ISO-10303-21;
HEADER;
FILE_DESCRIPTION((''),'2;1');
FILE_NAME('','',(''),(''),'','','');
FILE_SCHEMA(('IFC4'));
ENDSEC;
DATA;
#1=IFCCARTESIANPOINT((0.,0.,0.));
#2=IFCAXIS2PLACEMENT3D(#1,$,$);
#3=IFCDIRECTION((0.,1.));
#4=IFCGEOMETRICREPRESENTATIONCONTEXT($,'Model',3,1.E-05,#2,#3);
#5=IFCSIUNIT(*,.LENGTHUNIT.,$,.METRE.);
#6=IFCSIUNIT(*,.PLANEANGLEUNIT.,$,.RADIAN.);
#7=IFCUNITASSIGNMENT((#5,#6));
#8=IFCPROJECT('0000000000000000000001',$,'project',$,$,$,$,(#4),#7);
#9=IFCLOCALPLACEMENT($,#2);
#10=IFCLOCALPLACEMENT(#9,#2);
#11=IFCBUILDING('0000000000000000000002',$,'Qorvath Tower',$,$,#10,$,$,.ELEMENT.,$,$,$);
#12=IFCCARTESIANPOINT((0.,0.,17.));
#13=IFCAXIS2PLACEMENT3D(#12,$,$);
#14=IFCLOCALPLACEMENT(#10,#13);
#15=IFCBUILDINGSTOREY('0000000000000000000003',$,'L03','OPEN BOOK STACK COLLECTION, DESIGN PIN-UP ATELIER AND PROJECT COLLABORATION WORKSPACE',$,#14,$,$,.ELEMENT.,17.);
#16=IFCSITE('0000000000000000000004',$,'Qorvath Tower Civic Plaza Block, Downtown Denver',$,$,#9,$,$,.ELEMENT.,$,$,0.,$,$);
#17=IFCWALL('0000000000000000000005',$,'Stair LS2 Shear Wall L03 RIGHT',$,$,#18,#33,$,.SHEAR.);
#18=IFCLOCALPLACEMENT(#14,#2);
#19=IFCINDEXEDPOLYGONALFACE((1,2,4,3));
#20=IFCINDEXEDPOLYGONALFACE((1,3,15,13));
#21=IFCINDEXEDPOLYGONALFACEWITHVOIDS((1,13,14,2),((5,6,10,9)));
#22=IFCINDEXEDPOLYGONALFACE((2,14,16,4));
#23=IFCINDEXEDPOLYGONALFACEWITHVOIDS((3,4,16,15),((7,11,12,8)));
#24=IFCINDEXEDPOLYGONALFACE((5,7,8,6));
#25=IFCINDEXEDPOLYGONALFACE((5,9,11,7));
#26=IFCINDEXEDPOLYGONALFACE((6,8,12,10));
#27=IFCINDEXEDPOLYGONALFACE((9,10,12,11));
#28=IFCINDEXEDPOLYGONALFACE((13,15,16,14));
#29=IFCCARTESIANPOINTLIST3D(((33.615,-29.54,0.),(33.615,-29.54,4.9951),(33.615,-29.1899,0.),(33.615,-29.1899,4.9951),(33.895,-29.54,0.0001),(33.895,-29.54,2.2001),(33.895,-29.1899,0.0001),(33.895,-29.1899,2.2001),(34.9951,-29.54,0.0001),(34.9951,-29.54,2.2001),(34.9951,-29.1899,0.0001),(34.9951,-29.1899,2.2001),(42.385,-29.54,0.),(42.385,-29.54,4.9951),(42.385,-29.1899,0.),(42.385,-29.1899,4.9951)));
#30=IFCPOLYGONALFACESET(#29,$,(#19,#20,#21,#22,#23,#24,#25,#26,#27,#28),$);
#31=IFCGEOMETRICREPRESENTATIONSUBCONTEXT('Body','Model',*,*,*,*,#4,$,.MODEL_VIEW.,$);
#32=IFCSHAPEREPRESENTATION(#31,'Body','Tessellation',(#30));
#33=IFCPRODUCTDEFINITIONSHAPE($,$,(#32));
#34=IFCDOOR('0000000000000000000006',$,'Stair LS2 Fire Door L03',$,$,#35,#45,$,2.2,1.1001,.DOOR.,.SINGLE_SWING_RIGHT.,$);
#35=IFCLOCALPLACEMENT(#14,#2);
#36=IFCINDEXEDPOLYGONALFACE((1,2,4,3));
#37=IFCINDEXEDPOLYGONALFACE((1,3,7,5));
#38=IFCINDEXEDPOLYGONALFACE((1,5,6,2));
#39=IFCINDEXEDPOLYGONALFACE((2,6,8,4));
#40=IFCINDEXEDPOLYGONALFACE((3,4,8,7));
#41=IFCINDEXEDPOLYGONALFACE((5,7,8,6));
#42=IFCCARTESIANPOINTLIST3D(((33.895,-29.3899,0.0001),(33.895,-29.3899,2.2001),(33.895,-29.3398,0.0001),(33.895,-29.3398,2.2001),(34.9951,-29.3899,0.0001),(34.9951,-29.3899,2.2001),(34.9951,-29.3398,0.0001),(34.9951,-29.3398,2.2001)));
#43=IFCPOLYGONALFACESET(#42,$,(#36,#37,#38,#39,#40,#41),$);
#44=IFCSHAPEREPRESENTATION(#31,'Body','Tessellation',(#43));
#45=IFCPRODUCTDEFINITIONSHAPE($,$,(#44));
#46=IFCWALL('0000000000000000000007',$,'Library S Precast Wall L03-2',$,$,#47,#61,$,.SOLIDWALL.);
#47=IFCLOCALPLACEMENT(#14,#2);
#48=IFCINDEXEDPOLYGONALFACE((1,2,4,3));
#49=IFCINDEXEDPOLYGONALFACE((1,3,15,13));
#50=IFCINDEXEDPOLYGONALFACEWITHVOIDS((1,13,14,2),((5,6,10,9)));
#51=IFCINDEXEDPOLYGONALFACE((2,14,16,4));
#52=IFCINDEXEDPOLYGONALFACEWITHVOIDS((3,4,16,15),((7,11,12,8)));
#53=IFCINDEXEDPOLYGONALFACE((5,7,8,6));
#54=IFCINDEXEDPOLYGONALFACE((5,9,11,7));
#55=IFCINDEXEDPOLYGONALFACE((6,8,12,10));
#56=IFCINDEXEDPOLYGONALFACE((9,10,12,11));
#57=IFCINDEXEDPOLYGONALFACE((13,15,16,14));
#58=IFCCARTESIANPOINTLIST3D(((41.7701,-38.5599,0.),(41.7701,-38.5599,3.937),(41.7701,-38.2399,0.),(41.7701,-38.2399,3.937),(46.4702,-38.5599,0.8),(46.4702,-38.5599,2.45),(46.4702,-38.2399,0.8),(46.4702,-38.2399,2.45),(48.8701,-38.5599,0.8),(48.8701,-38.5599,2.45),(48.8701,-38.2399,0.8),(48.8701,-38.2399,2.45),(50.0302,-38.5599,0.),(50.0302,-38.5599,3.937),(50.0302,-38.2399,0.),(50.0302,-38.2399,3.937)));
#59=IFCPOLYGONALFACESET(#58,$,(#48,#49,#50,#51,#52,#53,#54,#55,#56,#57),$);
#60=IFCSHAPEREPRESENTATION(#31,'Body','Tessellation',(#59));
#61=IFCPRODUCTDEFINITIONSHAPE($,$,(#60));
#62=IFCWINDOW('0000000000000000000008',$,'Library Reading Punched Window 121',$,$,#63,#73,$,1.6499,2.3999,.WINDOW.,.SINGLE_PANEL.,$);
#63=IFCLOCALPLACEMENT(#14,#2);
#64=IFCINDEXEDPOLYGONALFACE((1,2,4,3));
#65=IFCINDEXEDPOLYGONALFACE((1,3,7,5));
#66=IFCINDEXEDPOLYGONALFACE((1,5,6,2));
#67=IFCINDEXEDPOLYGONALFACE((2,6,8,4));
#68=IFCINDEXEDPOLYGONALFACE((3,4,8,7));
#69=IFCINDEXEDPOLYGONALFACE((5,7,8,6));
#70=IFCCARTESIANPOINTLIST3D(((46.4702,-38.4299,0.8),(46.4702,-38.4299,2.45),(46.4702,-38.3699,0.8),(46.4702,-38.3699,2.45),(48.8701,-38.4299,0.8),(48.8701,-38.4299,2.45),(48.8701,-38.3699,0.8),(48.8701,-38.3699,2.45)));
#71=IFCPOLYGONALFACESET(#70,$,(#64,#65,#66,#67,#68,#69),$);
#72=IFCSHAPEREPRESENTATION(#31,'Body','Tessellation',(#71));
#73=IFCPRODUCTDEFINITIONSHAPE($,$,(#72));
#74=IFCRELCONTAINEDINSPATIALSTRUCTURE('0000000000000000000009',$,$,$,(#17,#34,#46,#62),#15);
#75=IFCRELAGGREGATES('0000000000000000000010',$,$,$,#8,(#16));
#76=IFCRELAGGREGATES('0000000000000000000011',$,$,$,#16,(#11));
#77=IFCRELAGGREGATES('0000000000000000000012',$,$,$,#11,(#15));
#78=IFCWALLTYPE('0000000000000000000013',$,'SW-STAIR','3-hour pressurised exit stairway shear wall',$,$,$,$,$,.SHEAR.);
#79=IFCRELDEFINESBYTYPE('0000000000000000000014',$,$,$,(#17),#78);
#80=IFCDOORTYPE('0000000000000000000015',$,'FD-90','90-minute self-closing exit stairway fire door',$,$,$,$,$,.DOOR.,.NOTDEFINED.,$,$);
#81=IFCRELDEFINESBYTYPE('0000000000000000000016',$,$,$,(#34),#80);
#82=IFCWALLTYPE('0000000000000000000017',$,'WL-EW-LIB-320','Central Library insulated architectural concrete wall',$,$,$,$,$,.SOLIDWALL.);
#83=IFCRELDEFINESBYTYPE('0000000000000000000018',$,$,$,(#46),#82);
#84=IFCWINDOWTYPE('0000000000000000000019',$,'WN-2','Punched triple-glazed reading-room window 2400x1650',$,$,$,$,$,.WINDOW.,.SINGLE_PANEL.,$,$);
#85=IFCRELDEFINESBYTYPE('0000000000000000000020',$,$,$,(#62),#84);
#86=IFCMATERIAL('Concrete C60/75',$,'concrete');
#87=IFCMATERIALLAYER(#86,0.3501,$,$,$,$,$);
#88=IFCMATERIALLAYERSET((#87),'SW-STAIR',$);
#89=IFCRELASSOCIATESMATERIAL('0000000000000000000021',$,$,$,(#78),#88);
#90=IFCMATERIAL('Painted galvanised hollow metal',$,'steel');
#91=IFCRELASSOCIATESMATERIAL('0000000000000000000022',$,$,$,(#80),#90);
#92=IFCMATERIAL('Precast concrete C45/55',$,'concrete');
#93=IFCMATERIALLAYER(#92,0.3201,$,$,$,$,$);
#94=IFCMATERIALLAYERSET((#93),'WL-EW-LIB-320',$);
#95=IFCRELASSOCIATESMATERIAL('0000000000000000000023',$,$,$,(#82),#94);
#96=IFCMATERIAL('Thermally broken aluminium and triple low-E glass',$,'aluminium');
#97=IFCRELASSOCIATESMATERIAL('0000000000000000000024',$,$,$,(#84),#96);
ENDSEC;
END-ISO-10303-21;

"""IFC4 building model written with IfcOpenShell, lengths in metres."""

from ifc_helpers import new_model, si_unit, direction, frame, frame_2d, origin, place, context, subcontext, project, spatial, rectangle, extrude, material, layer, layer_set, type_object, element, fill, save


model = new_model("IFC4")

# Units and contexts
model_context = context("Model", 3, precision=1e-05, world=origin(), true_north=direction((0.0, 1.0)))
body_context = subcontext(model_context, "Body", "Model", "MODEL_VIEW")
ifc_project = project(units=[si_unit("LENGTHUNIT", "METRE"), si_unit("PLANEANGLEUNIT", "RADIAN")], contexts=[model_context])

# Site, building, storey
site_placement = place(None, origin())
site = spatial("IfcSite", under=ifc_project, at=site_placement, Name="Qorvath Tower Civic Plaza Block, Downtown Denver", CompositionType="ELEMENT", RefElevation=0.0)
building_placement = place(site_placement, origin())
building = spatial("IfcBuilding", under=site, at=building_placement, Name="Qorvath Tower", CompositionType="ELEMENT")
storey_placement = place(building_placement, frame((0.0, 0.0, 17.0)))
storey = spatial("IfcBuildingStorey", under=building, at=storey_placement, Name="L03", Description="OPEN BOOK STACK COLLECTION, DESIGN PIN-UP ATELIER AND PROJECT COLLABORATION WORKSPACE", CompositionType="ELEMENT", Elevation=17.0)

# Shared definitions
ifc_material_1 = material(Name="Concrete C60/75", Category="concrete")
ifc_layer_1 = layer(ifc_material_1, 0.3501)
ifc_layer_set_1 = layer_set([ifc_layer_1], Name="SW-STAIR")
wall_type_1 = type_object("IfcWallType", Name="SW-STAIR", Description="3-hour pressurised exit stairway shear wall", PredefinedType="SHEAR", material=ifc_layer_set_1)

# Wall, opening, door
wall_1_placement = place(storey_placement, frame((42.385, -29.365, 0.0), z_axis=(0.0, 0.0, 1.0), x_axis=(-1.0, 0.0, 0.0)))
wall_1 = element("IfcWall", 1, at=wall_1_placement, inside=storey, type_object=wall_type_1, Name="Stair LS2 Shear Wall L03 RIGHT", PredefinedType="SHEAR", context=body_context, shape_type="SweptSolid", body=[
    extrude(rectangle(XDim=8.77, YDim=0.3501, at=frame_2d((4.385, 0.0))), origin(), (0.0, 0.0, 1.0), 4.9951),
])
opening_1_placement = place(wall_1_placement, frame((7.3899, 0.0, 0.0)))
opening_1 = element("IfcOpeningElement", 2, at=opening_1_placement, cuts=wall_1, PredefinedType="OPENING", context=body_context, shape_type="SweptSolid", body=[
    extrude(rectangle(XDim=1.1001, YDim=2.2, at=frame_2d((0.55, 1.1001))), frame((0.0, 0.1851, 0.0), z_axis=(0.0, -1.0, 0.0), x_axis=(1.0, 0.0, 0.0)), (0.0, 0.0, 1.0), 0.3701),
])
ifc_material_2 = material(Name="Painted galvanised hollow metal", Category="steel")
door_type_1 = type_object("IfcDoorType", Name="FD-90", Description="90-minute self-closing exit stairway fire door", OperationType="NOTDEFINED", PredefinedType="DOOR", material=ifc_material_2)
door_1_placement = place(opening_1_placement, origin())
door_1 = element("IfcDoor", 3, at=door_1_placement, inside=storey, type_object=door_type_1, Name="Stair LS2 Fire Door L03", OperationType="SINGLE_SWING_RIGHT", OverallHeight=2.2, OverallWidth=1.1001, PredefinedType="DOOR", context=body_context, shape_type="SweptSolid", body=[
    extrude(rectangle(XDim=1.1001, YDim=2.2, at=frame_2d((0.55, 1.1001))), frame((0.0, 0.0249, 0.0), z_axis=(0.0, -1.0, 0.0), x_axis=(1.0, 0.0, 0.0)), (0.0, 0.0, 1.0), 0.05),
])
fill(opening_1, door_1)

# Wall, opening, window
ifc_material_3 = material(Name="Precast concrete C45/55", Category="concrete")
ifc_layer_2 = layer(ifc_material_3, 0.3201)
ifc_layer_set_2 = layer_set([ifc_layer_2], Name="WL-EW-LIB-320")
wall_type_2 = type_object("IfcWallType", Name="WL-EW-LIB-320", Description="Central Library insulated architectural concrete wall", PredefinedType="SOLIDWALL", material=ifc_layer_set_2)
wall_2_placement = place(storey_placement, frame((50.03, -38.3999, 0.0), z_axis=(0.0, 0.0, 1.0), x_axis=(-1.0, 0.0, 0.0)))
wall_2 = element("IfcWall", 4, at=wall_2_placement, inside=storey, type_object=wall_type_2, Name="Library S Precast Wall L03-2", PredefinedType="SOLIDWALL", context=body_context, shape_type="SweptSolid", body=[
    extrude(rectangle(XDim=8.26, YDim=0.3201, at=frame_2d((4.1299, 0.0))), origin(), (0.0, 0.0, 1.0), 3.937),
])
opening_2_placement = place(wall_2_placement, frame((1.1599, 0.0, 0.8)))
opening_2 = element("IfcOpeningElement", 5, at=opening_2_placement, cuts=wall_2, PredefinedType="OPENING", context=body_context, shape_type="SweptSolid", body=[
    extrude(rectangle(XDim=2.3999, YDim=1.6499, at=frame_2d((1.2, 0.825))), frame((0.0, 0.1699, 0.0), z_axis=(0.0, -1.0, 0.0), x_axis=(1.0, 0.0, 0.0)), (0.0, 0.0, 1.0), 0.3401),
])
ifc_material_4 = material(Name="Thermally broken aluminium and triple low-E glass", Category="aluminium")
window_type = type_object("IfcWindowType", Name="WN-2", Description="Punched triple-glazed reading-room window 2400x1650", PartitioningType="SINGLE_PANEL", PredefinedType="WINDOW", material=ifc_material_4)
window_placement = place(opening_2_placement, origin())
window = element("IfcWindow", 6, at=window_placement, inside=storey, type_object=window_type, Name="Library Reading Punched Window 121", OverallHeight=1.6499, OverallWidth=2.3999, PartitioningType="SINGLE_PANEL", PredefinedType="WINDOW", context=body_context, shape_type="SweptSolid", body=[
    extrude(rectangle(XDim=2.3999, YDim=1.6499, at=frame_2d((1.2, 0.825))), frame((0.0, 0.03, 0.0), z_axis=(0.0, -1.0, 0.0), x_axis=(1.0, 0.0, 0.0)), (0.0, 0.0, 1.0), 0.0601),
])
fill(opening_2, window)

save(model, "model.ifc")
